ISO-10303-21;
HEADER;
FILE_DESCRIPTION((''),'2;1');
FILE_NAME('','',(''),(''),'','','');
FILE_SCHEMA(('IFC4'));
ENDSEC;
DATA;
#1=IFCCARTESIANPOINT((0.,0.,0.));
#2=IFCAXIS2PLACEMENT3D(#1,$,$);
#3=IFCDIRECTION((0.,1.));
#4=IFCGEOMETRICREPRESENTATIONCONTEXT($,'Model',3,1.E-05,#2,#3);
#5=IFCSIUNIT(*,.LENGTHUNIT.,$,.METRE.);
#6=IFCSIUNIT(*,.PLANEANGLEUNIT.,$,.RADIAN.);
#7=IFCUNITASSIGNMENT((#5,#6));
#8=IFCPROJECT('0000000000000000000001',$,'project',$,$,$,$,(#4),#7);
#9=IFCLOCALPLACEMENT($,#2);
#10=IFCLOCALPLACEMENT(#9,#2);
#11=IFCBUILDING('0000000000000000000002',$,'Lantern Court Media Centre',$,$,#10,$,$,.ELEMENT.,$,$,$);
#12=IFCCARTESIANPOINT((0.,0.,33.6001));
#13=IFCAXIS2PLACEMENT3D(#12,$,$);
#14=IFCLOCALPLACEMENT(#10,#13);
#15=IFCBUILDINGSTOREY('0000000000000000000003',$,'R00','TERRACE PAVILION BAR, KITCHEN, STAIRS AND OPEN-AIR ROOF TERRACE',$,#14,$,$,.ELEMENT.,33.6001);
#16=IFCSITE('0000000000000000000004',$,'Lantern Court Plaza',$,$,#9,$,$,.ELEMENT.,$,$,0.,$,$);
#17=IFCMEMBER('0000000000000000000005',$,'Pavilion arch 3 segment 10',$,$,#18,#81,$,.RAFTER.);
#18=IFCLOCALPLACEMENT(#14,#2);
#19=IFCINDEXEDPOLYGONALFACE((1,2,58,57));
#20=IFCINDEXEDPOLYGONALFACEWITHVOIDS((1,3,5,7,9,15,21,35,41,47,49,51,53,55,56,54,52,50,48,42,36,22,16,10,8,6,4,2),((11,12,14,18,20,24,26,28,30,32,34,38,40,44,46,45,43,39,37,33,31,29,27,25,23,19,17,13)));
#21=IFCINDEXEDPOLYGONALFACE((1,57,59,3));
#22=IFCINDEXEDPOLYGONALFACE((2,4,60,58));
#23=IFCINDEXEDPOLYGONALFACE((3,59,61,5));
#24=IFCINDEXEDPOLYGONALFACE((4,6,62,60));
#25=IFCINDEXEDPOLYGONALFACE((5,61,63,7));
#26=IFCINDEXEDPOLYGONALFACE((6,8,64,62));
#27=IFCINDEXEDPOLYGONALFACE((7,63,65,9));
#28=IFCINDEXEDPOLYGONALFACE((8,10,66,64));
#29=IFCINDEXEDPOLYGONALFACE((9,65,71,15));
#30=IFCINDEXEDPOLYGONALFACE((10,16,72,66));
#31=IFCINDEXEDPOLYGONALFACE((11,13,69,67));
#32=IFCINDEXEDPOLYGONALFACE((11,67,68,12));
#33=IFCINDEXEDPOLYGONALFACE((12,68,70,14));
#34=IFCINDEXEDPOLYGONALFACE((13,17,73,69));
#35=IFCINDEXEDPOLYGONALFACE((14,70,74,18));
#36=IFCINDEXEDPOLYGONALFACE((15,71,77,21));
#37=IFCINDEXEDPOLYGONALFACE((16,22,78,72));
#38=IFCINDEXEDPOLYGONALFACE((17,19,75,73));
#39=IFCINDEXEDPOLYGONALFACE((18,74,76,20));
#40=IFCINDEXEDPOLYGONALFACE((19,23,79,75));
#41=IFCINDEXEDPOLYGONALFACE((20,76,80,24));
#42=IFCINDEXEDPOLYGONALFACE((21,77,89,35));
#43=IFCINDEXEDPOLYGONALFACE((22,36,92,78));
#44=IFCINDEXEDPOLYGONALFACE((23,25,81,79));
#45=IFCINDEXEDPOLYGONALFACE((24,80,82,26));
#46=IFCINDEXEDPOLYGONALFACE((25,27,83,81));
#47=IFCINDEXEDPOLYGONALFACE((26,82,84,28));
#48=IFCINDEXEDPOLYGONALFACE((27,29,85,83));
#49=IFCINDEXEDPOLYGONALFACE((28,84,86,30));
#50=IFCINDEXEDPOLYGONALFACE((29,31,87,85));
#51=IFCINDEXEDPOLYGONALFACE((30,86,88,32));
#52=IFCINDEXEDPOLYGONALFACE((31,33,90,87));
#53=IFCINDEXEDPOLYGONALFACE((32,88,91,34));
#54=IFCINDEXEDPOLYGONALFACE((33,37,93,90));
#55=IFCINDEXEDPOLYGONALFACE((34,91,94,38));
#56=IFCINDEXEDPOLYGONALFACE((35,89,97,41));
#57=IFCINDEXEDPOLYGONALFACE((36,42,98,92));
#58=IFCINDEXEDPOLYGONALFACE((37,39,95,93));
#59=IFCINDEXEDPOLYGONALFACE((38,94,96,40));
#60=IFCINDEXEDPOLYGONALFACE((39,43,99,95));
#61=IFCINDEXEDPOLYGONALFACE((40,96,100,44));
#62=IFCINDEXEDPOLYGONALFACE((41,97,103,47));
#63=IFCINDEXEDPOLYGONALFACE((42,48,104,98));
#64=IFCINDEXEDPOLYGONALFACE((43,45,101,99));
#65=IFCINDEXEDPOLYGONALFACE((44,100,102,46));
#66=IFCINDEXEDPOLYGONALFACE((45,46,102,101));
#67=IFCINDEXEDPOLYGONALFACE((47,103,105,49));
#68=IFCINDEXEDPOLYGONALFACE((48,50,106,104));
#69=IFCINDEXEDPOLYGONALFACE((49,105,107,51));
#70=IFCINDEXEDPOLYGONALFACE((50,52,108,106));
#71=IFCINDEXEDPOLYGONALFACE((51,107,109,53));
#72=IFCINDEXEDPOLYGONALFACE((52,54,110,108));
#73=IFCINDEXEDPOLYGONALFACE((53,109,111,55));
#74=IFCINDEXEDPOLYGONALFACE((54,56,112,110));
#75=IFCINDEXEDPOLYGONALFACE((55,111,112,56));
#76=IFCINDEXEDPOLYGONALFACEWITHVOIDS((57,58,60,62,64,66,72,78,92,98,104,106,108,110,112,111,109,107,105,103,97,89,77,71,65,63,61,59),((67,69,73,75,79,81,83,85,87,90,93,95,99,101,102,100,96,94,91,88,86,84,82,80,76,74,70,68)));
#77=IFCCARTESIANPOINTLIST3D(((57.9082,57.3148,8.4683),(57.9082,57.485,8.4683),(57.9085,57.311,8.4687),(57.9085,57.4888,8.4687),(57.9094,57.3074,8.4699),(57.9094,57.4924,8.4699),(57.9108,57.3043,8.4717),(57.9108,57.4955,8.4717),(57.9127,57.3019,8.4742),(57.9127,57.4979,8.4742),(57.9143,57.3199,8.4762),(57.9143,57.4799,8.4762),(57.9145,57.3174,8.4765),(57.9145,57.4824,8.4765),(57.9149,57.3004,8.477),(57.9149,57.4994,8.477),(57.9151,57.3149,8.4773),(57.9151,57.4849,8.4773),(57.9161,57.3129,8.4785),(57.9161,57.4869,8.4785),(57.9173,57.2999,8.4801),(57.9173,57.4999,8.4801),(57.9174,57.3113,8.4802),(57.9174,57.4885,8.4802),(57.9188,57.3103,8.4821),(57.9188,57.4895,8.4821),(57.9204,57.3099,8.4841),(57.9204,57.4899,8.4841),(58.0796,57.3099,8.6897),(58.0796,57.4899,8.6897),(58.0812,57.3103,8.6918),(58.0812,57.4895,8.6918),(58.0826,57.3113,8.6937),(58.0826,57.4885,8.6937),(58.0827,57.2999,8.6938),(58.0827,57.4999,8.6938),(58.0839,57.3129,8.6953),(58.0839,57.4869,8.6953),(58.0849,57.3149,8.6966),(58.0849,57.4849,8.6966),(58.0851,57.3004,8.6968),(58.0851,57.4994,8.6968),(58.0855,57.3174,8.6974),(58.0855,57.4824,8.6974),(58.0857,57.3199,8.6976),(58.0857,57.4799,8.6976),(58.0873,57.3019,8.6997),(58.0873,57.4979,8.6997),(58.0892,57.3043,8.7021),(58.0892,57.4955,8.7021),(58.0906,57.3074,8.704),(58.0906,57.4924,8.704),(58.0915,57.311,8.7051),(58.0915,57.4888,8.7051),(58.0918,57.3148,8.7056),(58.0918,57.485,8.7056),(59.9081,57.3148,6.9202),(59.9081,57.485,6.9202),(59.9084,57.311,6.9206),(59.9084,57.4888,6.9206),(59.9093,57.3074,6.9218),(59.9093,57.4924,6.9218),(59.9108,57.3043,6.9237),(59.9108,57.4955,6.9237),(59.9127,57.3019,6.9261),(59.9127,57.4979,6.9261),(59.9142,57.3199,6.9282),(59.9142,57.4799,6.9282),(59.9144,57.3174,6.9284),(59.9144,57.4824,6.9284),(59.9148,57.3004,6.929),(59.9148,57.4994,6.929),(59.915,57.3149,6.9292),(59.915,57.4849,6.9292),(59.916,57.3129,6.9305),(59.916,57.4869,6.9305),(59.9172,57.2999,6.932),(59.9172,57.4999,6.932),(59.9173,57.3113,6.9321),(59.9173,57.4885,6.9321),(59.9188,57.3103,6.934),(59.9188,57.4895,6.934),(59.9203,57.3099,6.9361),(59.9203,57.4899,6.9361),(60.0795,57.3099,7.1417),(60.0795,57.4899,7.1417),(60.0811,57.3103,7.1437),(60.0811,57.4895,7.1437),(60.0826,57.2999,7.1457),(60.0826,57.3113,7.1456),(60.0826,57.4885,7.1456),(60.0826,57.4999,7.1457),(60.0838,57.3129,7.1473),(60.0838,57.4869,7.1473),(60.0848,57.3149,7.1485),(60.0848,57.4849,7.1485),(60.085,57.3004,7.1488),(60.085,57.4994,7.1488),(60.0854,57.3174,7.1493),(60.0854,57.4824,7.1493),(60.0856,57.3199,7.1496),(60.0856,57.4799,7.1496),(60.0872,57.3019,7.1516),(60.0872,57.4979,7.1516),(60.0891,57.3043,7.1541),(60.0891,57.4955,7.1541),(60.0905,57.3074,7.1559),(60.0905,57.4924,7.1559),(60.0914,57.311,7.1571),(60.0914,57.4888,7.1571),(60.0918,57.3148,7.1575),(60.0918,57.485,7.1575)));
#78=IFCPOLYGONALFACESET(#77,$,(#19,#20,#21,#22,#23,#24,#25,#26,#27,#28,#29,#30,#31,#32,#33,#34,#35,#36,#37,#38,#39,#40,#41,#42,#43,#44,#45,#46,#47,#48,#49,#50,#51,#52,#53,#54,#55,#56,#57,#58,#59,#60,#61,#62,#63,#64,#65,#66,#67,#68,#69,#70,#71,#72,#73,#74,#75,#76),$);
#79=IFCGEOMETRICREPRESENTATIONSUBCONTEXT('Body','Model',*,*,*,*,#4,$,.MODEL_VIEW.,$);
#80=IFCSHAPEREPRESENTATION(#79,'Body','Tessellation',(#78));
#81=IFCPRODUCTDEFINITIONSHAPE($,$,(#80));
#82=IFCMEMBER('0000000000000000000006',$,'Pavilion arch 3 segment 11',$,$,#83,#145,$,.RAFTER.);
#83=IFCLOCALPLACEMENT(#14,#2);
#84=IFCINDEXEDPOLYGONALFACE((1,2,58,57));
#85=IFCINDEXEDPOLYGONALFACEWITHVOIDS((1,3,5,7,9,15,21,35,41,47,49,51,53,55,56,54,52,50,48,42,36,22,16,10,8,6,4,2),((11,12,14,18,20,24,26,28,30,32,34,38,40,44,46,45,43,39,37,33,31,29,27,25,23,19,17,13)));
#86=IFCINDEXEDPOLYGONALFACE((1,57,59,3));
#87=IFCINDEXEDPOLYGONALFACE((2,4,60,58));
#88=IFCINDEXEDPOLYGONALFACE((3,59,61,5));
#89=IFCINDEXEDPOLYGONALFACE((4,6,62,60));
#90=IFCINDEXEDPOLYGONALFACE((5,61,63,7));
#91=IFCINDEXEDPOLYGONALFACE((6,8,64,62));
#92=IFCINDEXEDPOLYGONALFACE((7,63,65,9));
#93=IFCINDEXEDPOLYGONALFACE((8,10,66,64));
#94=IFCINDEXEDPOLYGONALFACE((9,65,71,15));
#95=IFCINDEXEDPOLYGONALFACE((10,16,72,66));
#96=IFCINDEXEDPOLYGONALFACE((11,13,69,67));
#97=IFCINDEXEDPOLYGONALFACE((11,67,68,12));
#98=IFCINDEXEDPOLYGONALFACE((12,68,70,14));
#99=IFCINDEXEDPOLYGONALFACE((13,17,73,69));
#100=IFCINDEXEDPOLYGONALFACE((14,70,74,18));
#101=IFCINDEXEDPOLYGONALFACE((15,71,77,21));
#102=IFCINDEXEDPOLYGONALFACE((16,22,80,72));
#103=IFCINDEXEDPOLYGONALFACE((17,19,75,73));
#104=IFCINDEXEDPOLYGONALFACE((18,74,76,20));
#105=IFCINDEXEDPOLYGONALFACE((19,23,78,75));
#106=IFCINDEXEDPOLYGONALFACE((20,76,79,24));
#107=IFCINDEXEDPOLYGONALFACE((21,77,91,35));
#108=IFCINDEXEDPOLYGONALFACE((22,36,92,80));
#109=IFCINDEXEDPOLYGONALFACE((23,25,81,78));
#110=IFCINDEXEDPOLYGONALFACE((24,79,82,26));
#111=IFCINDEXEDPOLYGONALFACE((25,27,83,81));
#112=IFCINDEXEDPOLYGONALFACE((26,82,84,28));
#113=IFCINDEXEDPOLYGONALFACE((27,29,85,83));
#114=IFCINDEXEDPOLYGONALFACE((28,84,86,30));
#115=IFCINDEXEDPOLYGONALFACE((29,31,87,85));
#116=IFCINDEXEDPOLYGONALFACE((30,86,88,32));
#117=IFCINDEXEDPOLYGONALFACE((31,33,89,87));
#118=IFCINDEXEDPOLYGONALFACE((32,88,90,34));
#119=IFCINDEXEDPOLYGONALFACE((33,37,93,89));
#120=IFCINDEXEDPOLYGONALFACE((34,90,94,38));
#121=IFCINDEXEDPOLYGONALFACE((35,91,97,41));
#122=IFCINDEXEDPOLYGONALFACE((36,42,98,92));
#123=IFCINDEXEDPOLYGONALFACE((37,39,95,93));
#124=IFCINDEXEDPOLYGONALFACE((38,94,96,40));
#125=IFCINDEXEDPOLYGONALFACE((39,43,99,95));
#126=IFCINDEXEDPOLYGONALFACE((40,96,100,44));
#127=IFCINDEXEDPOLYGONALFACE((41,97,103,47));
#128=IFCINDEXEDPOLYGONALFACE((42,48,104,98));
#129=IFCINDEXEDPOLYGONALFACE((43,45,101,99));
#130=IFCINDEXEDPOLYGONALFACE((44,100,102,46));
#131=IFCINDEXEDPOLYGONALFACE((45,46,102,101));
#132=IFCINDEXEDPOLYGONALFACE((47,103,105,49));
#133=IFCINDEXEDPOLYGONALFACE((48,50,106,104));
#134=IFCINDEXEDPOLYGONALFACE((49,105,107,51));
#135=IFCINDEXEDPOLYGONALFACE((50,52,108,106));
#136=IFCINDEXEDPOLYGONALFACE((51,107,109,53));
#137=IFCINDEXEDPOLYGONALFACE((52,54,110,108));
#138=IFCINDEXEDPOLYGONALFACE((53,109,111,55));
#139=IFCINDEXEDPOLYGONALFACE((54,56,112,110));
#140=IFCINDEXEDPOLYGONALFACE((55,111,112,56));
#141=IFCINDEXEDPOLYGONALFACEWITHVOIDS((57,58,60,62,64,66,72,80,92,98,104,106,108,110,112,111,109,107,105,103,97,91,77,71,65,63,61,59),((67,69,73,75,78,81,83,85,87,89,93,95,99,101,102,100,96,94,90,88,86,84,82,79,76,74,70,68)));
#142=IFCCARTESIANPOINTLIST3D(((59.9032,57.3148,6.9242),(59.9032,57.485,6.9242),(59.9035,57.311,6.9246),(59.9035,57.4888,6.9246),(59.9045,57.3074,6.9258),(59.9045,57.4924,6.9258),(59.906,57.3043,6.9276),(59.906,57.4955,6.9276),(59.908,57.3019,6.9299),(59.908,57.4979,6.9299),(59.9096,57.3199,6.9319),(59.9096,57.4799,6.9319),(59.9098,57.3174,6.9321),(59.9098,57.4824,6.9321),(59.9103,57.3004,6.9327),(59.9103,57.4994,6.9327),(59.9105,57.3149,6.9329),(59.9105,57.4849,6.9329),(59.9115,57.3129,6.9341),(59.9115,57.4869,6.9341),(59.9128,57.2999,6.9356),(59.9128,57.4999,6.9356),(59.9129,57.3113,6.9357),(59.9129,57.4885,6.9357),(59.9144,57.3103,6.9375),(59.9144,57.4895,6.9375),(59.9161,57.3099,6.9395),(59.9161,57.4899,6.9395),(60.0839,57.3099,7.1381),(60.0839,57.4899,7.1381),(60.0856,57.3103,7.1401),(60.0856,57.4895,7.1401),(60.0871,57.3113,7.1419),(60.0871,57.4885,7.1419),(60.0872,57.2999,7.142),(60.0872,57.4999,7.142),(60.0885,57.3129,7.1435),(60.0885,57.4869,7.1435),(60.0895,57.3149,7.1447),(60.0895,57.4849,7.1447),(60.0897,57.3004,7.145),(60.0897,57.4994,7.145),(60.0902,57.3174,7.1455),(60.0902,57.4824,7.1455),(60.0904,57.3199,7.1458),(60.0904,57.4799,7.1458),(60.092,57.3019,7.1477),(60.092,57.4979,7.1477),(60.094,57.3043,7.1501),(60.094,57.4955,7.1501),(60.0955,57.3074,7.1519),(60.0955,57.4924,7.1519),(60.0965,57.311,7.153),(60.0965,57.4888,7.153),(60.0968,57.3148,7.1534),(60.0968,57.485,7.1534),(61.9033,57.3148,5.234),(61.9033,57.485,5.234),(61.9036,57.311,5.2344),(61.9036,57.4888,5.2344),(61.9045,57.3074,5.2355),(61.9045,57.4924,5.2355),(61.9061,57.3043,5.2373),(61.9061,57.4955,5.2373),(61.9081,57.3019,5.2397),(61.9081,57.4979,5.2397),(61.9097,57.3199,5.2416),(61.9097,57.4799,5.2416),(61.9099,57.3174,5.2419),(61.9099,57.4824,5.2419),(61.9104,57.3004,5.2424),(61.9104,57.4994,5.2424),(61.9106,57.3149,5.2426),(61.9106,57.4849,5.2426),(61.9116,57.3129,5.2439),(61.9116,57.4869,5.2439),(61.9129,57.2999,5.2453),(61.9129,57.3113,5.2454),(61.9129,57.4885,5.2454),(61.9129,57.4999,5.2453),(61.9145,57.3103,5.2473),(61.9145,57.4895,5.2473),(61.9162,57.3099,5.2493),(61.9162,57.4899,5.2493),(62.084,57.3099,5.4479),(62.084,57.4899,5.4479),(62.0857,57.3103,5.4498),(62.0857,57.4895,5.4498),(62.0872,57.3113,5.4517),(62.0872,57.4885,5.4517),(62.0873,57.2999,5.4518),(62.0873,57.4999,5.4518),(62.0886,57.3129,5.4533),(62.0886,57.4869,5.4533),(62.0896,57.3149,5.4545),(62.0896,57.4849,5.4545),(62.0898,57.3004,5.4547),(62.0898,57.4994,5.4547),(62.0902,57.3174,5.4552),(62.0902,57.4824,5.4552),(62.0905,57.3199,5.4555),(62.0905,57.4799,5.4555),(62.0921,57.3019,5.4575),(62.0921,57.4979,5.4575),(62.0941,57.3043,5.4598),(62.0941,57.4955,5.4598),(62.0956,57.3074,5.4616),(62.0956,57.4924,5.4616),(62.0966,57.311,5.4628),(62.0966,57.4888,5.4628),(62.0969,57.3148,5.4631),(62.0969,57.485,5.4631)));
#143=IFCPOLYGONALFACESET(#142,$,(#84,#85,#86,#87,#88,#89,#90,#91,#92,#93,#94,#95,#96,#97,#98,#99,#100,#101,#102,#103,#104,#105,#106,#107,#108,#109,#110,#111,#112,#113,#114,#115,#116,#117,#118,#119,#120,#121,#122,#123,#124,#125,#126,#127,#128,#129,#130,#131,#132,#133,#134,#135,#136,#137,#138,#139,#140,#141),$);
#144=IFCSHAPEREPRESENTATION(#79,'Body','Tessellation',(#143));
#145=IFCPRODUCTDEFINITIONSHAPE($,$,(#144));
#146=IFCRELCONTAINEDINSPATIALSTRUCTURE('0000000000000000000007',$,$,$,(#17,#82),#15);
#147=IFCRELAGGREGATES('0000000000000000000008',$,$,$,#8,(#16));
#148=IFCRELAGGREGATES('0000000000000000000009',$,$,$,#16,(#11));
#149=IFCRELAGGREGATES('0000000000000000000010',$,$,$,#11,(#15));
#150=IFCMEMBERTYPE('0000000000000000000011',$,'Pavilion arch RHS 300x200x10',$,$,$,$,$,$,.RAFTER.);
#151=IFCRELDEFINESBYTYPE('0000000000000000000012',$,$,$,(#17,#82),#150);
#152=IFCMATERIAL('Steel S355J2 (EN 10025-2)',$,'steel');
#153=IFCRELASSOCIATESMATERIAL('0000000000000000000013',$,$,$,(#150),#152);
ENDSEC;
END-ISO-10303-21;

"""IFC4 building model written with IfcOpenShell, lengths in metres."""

from ifc_helpers import new_model, si_unit, direction, frame, origin, origin_2d, place, context, subcontext, project, spatial, hollow_rectangle, extrude, material, material_profile, profile_set, type_object, element, save


model = new_model("IFC4")

# Units and contexts
model_context = context("Model", 3, precision=1e-05, world=origin(), true_north=direction((0.0, 1.0)))
body_context = subcontext(model_context, "Body", "Model", "MODEL_VIEW")
ifc_project = project(units=[si_unit("LENGTHUNIT", "METRE"), si_unit("PLANEANGLEUNIT", "RADIAN")], contexts=[model_context])

# Site, building, storey
site_placement = place(None, origin())
site = spatial("IfcSite", under=ifc_project, at=site_placement, Name="Lantern Court Plaza", CompositionType="ELEMENT", RefElevation=0.0)
building_placement = place(site_placement, origin())
building = spatial("IfcBuilding", under=site, at=building_placement, Name="Lantern Court Media Centre", CompositionType="ELEMENT")
storey_placement = place(building_placement, frame((0.0, 0.0, 33.6001)))
storey = spatial("IfcBuildingStorey", under=building, at=storey_placement, Name="R00", Description="TERRACE PAVILION BAR, KITCHEN, STAIRS AND OPEN-AIR ROOF TERRACE", CompositionType="ELEMENT", Elevation=33.6001)

# Members
ifc_material_1 = material(Name="Steel S355J2 (EN 10025-2)", Category="steel")
ifc_material_profile_1 = material_profile(ifc_material_1, hollow_rectangle(XDim=0.2, YDim=0.3, WallThickness=0.01, InnerFilletRadius=0.01, OuterFilletRadius=0.0149, at=origin_2d()), Name="Pavilion arch RHS 300x200x10")
ifc_profile_set_1 = profile_set([ifc_material_profile_1], Name="Steel S355J2 (EN 10025-2)")
member_type_1 = type_object("IfcMemberType", Name="Pavilion arch RHS 300x200x10", PredefinedType="RAFTER", material=ifc_profile_set_1)
member_1_placement = place(storey_placement, frame((58.0, 57.3999, 8.5869), z_axis=(0.790779, 0.0, -0.612101), x_axis=(0.0, 1.0, 0.0)))
element("IfcMember", 1, at=member_1_placement, inside=storey, type_object=member_type_1, Name="Pavilion arch 3 segment 10", PredefinedType="RAFTER", context=body_context, shape_type="SweptSolid", body=[
    extrude(hollow_rectangle(XDim=0.2, YDim=0.3, WallThickness=0.01, InnerFilletRadius=0.01, OuterFilletRadius=0.0149, at=origin_2d()), origin(), (0.0, 0.0, 1.0), 2.5291),
])
member_2_placement = place(storey_placement, frame((60.0, 57.3999, 7.0388), z_axis=(0.763786, 0.0, -0.64547), x_axis=(0.0, 1.0, 0.0)))
element("IfcMember", 2, at=member_2_placement, inside=storey, type_object=member_type_1, Name="Pavilion arch 3 segment 11", PredefinedType="RAFTER", context=body_context, shape_type="SweptSolid", body=[
    extrude(hollow_rectangle(XDim=0.2, YDim=0.3, WallThickness=0.01, InnerFilletRadius=0.01, OuterFilletRadius=0.0149, at=origin_2d()), origin(), (0.0, 0.0, 1.0), 2.6187),
])

save(model, "model.ifc")
